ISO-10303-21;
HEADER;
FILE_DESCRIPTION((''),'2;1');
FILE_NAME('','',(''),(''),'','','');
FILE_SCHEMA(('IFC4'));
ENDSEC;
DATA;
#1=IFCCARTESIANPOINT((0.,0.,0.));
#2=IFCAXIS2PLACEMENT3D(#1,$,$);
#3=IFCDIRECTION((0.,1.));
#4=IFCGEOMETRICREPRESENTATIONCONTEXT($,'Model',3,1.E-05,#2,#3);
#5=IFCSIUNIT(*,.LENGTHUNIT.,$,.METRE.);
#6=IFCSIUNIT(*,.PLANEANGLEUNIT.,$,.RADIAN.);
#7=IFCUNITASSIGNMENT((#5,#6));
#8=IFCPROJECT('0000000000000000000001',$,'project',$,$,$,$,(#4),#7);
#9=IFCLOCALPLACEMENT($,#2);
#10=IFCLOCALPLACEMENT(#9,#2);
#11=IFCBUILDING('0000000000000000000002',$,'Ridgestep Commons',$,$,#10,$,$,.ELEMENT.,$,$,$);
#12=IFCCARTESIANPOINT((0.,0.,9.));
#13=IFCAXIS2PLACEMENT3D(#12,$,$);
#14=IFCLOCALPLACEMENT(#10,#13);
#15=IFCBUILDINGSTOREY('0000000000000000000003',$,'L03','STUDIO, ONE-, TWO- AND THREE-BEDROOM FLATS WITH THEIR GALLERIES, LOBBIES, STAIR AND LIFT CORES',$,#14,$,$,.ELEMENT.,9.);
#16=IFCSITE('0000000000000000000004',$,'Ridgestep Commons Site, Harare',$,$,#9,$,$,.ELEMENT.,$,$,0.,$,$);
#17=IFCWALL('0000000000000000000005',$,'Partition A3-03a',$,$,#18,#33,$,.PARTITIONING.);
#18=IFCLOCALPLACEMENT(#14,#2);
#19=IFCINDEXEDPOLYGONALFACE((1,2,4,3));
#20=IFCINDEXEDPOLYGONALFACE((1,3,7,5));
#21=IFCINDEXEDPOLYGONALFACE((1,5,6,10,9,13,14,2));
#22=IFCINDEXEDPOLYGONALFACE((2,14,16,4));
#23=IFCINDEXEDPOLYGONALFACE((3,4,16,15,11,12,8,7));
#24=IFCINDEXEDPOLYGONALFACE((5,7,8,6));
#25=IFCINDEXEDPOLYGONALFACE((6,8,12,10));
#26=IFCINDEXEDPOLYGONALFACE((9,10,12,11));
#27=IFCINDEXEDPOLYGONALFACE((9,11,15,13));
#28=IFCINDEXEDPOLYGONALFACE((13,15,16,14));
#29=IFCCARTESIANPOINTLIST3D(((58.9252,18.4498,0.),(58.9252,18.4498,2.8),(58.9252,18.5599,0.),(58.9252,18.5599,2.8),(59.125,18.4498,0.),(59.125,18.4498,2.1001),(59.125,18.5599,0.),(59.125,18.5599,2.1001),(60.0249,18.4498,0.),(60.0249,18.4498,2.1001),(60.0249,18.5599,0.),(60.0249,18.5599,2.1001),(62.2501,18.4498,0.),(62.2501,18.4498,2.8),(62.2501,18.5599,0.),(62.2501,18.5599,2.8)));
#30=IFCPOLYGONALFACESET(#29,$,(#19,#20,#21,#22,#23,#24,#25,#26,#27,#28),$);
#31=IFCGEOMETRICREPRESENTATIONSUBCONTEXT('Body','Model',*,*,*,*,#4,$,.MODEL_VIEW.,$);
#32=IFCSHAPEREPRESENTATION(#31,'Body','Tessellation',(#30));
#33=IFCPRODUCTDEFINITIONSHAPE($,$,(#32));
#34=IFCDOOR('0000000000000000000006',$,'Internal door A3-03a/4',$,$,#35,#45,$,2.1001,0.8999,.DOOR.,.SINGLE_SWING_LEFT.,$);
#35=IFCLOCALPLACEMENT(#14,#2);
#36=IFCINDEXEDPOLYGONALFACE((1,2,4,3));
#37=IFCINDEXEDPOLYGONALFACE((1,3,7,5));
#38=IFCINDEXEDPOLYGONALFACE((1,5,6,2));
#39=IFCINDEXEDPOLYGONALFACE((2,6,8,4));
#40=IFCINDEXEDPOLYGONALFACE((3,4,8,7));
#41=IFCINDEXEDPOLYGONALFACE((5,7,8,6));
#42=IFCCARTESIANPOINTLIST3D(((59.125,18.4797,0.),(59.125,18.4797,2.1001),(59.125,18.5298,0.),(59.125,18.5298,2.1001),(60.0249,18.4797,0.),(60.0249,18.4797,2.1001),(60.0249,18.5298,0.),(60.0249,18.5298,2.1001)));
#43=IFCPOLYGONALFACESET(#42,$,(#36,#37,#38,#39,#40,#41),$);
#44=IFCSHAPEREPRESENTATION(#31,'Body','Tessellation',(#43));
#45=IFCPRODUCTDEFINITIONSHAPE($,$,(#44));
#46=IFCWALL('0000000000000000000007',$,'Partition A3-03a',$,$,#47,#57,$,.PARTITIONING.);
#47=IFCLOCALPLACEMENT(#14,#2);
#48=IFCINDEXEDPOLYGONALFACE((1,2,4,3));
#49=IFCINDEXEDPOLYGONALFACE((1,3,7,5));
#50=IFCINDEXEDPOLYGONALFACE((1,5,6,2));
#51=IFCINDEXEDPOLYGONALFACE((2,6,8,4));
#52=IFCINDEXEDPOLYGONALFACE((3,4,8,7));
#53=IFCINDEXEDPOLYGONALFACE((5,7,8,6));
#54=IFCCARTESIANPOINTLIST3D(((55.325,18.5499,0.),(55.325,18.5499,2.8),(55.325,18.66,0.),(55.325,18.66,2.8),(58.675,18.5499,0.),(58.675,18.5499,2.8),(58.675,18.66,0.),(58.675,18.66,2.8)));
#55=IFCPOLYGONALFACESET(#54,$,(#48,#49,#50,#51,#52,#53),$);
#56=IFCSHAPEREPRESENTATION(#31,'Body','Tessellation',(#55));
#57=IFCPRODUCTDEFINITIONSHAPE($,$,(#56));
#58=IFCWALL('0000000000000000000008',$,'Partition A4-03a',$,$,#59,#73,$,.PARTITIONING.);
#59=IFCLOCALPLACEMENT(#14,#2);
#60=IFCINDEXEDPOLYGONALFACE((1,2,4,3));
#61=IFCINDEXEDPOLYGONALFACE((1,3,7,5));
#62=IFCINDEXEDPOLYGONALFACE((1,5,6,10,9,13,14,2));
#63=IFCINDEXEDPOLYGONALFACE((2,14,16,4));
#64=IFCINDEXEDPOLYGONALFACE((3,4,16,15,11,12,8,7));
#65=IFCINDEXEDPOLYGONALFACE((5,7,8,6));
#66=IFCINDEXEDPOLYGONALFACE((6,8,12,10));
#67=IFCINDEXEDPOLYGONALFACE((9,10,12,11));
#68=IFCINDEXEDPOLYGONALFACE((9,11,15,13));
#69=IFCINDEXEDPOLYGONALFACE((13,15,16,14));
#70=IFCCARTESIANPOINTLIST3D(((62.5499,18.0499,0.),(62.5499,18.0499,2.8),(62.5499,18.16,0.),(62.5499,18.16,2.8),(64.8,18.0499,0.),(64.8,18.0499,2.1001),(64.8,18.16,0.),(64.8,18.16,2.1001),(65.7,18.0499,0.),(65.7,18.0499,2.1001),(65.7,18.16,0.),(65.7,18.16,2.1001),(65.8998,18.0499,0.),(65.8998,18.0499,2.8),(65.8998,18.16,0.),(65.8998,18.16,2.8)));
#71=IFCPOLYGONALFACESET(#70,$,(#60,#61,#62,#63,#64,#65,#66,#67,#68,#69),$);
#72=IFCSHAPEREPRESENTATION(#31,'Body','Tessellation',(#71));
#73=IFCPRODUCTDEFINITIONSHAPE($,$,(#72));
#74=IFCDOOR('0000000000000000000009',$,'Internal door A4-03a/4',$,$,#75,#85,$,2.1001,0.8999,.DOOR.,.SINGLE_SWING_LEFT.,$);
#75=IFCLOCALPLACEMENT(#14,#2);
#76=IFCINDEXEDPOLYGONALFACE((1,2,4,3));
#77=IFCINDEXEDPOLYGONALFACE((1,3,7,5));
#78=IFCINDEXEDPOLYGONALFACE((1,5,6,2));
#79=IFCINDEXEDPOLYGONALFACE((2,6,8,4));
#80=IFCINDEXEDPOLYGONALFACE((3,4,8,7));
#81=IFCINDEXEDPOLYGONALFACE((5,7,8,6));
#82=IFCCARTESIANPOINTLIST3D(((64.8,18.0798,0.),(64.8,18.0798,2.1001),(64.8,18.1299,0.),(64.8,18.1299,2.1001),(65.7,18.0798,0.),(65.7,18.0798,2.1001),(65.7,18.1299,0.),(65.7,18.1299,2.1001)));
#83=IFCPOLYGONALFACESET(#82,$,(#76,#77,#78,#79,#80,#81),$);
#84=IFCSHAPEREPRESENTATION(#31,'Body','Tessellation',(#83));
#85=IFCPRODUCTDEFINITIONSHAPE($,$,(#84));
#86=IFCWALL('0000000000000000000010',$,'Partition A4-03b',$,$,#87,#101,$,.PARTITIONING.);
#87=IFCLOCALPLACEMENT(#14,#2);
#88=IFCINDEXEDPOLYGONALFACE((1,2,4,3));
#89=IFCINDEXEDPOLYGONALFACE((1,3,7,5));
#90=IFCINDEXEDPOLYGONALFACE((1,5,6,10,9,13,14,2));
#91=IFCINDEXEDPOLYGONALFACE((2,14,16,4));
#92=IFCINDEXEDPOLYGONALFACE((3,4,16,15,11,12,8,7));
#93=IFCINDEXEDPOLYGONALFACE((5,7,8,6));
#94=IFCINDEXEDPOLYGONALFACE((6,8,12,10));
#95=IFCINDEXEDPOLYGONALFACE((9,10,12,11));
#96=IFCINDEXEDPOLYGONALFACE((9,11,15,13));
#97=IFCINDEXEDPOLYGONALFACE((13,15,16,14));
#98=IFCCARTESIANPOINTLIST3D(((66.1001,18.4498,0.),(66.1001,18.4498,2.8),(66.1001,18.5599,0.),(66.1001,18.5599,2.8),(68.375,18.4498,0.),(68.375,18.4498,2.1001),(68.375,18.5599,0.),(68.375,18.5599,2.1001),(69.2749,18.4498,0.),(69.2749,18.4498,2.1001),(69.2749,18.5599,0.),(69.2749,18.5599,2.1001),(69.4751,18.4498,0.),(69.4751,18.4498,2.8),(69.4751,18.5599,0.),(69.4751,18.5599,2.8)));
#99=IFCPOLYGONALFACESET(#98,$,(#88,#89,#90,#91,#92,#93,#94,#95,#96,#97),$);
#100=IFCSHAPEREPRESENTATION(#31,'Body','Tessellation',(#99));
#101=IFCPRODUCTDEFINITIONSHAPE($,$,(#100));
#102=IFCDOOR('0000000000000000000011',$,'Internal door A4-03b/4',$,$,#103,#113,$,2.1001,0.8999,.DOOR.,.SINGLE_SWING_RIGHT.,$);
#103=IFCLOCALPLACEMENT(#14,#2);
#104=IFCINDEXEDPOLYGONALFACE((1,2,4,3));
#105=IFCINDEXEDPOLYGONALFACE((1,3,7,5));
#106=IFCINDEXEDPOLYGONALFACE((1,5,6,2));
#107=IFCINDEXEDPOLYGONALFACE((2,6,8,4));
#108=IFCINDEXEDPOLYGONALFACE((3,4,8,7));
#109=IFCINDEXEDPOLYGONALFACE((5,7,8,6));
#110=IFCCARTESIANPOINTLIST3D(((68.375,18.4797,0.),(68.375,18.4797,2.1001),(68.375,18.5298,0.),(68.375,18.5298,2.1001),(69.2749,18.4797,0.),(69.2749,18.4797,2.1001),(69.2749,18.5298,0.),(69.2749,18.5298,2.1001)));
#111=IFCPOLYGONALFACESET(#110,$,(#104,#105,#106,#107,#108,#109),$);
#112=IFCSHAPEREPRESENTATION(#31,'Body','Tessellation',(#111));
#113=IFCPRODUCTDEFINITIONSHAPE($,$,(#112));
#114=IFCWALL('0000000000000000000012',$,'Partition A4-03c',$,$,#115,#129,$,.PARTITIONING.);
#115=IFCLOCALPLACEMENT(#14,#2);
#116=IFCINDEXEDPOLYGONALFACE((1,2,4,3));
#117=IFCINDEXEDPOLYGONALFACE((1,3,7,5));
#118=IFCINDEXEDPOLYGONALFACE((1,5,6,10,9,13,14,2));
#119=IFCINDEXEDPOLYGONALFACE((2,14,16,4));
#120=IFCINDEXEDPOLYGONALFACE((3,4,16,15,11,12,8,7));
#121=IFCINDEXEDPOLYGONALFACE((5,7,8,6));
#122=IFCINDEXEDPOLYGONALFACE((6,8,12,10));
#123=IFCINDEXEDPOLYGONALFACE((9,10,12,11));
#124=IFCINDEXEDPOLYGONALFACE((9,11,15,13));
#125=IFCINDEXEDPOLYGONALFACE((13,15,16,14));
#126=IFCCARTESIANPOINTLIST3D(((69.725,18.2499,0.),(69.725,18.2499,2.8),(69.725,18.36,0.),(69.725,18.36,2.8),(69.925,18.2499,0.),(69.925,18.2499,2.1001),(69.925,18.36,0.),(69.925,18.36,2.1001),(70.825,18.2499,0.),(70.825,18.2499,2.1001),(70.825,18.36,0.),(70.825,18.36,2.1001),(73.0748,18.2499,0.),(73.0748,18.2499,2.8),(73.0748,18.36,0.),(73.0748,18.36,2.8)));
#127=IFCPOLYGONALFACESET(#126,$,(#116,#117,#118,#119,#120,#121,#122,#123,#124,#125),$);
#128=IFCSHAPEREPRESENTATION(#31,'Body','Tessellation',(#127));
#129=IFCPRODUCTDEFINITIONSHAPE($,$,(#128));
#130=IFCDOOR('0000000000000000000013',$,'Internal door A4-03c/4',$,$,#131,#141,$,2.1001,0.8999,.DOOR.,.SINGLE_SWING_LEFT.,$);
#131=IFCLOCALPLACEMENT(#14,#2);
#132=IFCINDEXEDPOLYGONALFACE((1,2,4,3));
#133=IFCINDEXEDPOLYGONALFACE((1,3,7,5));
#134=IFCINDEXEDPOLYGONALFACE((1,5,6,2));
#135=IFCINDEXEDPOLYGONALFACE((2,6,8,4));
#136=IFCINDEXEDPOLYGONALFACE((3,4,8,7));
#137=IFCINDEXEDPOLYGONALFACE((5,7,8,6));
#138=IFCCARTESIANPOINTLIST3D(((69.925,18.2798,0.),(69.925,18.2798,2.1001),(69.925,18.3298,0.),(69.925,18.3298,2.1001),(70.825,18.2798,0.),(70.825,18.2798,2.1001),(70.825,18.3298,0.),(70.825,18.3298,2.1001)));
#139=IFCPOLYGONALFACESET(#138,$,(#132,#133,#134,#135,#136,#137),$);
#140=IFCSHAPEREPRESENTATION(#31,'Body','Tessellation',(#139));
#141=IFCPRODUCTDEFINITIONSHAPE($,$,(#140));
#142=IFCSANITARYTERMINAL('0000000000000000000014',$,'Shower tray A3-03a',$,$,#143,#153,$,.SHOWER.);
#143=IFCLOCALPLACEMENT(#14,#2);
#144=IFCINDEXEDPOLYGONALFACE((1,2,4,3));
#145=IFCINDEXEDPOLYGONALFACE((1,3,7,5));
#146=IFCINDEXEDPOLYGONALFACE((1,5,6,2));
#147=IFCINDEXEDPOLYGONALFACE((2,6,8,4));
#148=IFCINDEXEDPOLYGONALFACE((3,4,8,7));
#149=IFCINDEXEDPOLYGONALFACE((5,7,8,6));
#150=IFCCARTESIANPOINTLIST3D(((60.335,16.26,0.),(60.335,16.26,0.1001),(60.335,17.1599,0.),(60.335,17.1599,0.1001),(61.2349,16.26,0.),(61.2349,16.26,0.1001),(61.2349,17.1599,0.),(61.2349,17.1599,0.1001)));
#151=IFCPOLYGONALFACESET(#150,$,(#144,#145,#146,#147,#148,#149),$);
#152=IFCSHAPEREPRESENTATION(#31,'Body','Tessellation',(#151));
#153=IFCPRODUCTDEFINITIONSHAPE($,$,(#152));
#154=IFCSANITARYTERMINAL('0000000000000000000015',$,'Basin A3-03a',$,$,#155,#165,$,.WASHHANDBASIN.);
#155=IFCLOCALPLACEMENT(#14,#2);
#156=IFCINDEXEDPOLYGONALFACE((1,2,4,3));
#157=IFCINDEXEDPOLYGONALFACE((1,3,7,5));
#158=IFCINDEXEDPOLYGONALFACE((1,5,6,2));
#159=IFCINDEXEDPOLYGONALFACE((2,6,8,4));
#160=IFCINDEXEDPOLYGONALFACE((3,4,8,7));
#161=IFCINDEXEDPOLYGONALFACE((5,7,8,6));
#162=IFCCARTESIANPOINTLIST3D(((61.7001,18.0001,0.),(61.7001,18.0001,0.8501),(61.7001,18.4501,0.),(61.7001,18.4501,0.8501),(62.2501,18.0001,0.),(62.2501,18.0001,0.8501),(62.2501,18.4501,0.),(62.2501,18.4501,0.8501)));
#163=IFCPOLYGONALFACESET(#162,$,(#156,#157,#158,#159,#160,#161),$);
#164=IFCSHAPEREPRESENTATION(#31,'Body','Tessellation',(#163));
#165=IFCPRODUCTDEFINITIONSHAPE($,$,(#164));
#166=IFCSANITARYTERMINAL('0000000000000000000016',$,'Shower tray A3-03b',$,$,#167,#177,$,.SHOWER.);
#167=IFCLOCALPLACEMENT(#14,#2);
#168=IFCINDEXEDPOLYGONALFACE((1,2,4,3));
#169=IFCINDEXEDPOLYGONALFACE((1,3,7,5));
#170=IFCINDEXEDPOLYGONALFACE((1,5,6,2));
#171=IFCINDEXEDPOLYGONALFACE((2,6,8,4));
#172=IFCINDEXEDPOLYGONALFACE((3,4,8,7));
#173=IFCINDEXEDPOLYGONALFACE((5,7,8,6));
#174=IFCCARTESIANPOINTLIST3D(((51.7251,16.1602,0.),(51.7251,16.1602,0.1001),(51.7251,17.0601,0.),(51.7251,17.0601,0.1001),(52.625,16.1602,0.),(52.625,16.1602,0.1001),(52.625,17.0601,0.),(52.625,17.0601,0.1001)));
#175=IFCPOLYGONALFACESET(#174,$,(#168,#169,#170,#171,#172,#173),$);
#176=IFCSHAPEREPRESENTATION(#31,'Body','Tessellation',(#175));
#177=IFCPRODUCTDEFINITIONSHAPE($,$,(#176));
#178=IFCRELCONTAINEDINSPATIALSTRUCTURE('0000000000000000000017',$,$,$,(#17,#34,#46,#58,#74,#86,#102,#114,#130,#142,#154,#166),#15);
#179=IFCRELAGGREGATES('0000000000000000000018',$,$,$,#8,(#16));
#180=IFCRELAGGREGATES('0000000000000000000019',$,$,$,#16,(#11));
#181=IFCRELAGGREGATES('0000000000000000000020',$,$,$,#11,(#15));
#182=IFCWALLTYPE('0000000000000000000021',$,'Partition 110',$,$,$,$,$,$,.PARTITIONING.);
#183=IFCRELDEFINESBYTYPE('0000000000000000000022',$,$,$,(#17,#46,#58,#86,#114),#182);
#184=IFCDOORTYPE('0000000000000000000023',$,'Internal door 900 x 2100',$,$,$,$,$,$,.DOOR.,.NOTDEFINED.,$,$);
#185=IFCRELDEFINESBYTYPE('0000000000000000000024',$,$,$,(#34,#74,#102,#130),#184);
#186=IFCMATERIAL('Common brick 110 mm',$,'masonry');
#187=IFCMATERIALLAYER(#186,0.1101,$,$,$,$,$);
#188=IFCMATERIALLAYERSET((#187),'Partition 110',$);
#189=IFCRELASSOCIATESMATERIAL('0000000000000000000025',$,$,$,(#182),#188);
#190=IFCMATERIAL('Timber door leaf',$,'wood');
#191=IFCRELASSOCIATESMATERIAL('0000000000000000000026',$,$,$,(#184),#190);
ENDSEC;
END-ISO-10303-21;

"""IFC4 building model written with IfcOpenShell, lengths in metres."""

from ifc_helpers import new_model, si_unit, direction, frame, frame_2d, origin, origin_2d, place, context, subcontext, project, spatial, rectangle, extrude, material, layer, layer_set, type_object, element, fill, save


model = new_model("IFC4")

# Units and contexts
model_context = context("Model", 3, precision=1e-05, world=origin(), true_north=direction((0.0, 1.0)))
body_context = subcontext(model_context, "Body", "Model", "MODEL_VIEW")
ifc_project = project(units=[si_unit("LENGTHUNIT", "METRE"), si_unit("PLANEANGLEUNIT", "RADIAN")], contexts=[model_context])

# Site, building, storey
site_placement = place(None, origin())
site = spatial("IfcSite", under=ifc_project, at=site_placement, Name="Ridgestep Commons Site, Harare", CompositionType="ELEMENT", RefElevation=0.0)
building_placement = place(site_placement, origin())
building = spatial("IfcBuilding", under=site, at=building_placement, Name="Ridgestep Commons", CompositionType="ELEMENT")
storey_placement = place(building_placement, frame((0.0, 0.0, 9.0)))
storey = spatial("IfcBuildingStorey", under=building, at=storey_placement, Name="L03", Description="STUDIO, ONE-, TWO- AND THREE-BEDROOM FLATS WITH THEIR GALLERIES, LOBBIES, STAIR AND LIFT CORES", CompositionType="ELEMENT", Elevation=9.0)

# Wall, opening, door
ifc_material_1 = material(Name="Common brick 110 mm", Category="masonry")
ifc_layer = layer(ifc_material_1, 0.1101)
ifc_layer_set = layer_set([ifc_layer], Name="Partition 110")
wall_type = type_object("IfcWallType", Name="Partition 110", PredefinedType="PARTITIONING", material=ifc_layer_set)
wall_1_placement = place(storey_placement, frame((58.925, 18.5049, 0.0), z_axis=(0.0, 0.0, 1.0), x_axis=(1.0, 0.0, 0.0)))
wall_1 = element("IfcWall", 1, at=wall_1_placement, inside=storey, type_object=wall_type, Name="Partition A3-03a", PredefinedType="PARTITIONING", context=body_context, shape_type="SweptSolid", body=[
    extrude(rectangle(XDim=3.325, YDim=0.1101, at=frame_2d((1.6626, 0.0))), origin(), (0.0, 0.0, 1.0), 2.8),
])
opening_1_placement = place(wall_1_placement, frame((0.2, 0.0, 0.0)))
opening_1 = element("IfcOpeningElement", 2, at=opening_1_placement, cuts=wall_1, PredefinedType="OPENING", context=body_context, shape_type="SweptSolid", body=[
    extrude(rectangle(XDim=0.8999, YDim=2.1001, at=frame_2d((0.45, 1.05))), frame((0.0, 0.0649, 0.0), z_axis=(0.0, -1.0, 0.0), x_axis=(1.0, 0.0, 0.0)), (0.0, 0.0, 1.0), 0.1301),
])
ifc_material_2 = material(Name="Timber door leaf", Category="wood")
door_type = type_object("IfcDoorType", Name="Internal door 900 x 2100", OperationType="NOTDEFINED", PredefinedType="DOOR", material=ifc_material_2)
door_1_placement = place(opening_1_placement, origin())
door_1 = element("IfcDoor", 3, at=door_1_placement, inside=storey, type_object=door_type, Name="Internal door A3-03a/4", OperationType="SINGLE_SWING_LEFT", OverallHeight=2.1001, OverallWidth=0.8999, PredefinedType="DOOR", context=body_context, shape_type="SweptSolid", body=[
    extrude(rectangle(XDim=0.8999, YDim=2.1001, at=frame_2d((0.45, 1.05))), frame((0.0, 0.0249, 0.0), z_axis=(0.0, -1.0, 0.0), x_axis=(1.0, 0.0, 0.0)), (0.0, 0.0, 1.0), 0.05),
])
fill(opening_1, door_1)

# Wall
wall_2_placement = place(storey_placement, frame((55.325, 18.605, 0.0), z_axis=(0.0, 0.0, 1.0), x_axis=(1.0, 0.0, 0.0)))
element("IfcWall", 4, at=wall_2_placement, inside=storey, type_object=wall_type, Name="Partition A3-03a", PredefinedType="PARTITIONING", context=body_context, shape_type="SweptSolid", body=[
    extrude(rectangle(XDim=3.3501, YDim=0.1101, at=frame_2d((1.675, 0.0))), origin(), (0.0, 0.0, 1.0), 2.8),
])

# Walls, openings, doors
wall_3_placement = place(storey_placement, frame((62.55, 18.105, 0.0), z_axis=(0.0, 0.0, 1.0), x_axis=(1.0, 0.0, 0.0)))
wall_3 = element("IfcWall", 5, at=wall_3_placement, inside=storey, type_object=wall_type, Name="Partition A4-03a", PredefinedType="PARTITIONING", context=body_context, shape_type="SweptSolid", body=[
    extrude(rectangle(XDim=3.3499, YDim=0.1101, at=frame_2d((1.6748, 0.0))), origin(), (0.0, 0.0, 1.0), 2.8),
])
opening_2_placement = place(wall_3_placement, frame((2.25, 0.0, 0.0)))
opening_2 = element("IfcOpeningElement", 6, at=opening_2_placement, cuts=wall_3, PredefinedType="OPENING", context=body_context, shape_type="SweptSolid", body=[
    extrude(rectangle(XDim=0.8999, YDim=2.1001, at=frame_2d((0.45, 1.05))), frame((0.0, 0.0649, 0.0), z_axis=(0.0, -1.0, 0.0), x_axis=(1.0, 0.0, 0.0)), (0.0, 0.0, 1.0), 0.1301),
])
door_2_placement = place(opening_2_placement, origin())
door_2 = element("IfcDoor", 7, at=door_2_placement, inside=storey, type_object=door_type, Name="Internal door A4-03a/4", OperationType="SINGLE_SWING_LEFT", OverallHeight=2.1001, OverallWidth=0.8999, PredefinedType="DOOR", context=body_context, shape_type="SweptSolid", body=[
    extrude(rectangle(XDim=0.8999, YDim=2.1001, at=frame_2d((0.45, 1.05))), frame((0.0, 0.0249, 0.0), z_axis=(0.0, -1.0, 0.0), x_axis=(1.0, 0.0, 0.0)), (0.0, 0.0, 1.0), 0.05),
])
fill(opening_2, door_2)
wall_4_placement = place(storey_placement, frame((66.1001, 18.5049, 0.0), z_axis=(0.0, 0.0, 1.0), x_axis=(1.0, 0.0, 0.0)))
wall_4 = element("IfcWall", 8, at=wall_4_placement, inside=storey, type_object=wall_type, Name="Partition A4-03b", PredefinedType="PARTITIONING", context=body_context, shape_type="SweptSolid", body=[
    extrude(rectangle(XDim=3.375, YDim=0.1101, at=frame_2d((1.6875, 0.0))), origin(), (0.0, 0.0, 1.0), 2.8),
])
opening_3_placement = place(wall_4_placement, frame((2.2749, 0.0, 0.0)))
opening_3 = element("IfcOpeningElement", 9, at=opening_3_placement, cuts=wall_4, PredefinedType="OPENING", context=body_context, shape_type="SweptSolid", body=[
    extrude(rectangle(XDim=0.8999, YDim=2.1001, at=frame_2d((0.45, 1.05))), frame((0.0, 0.0649, 0.0), z_axis=(0.0, -1.0, 0.0), x_axis=(1.0, 0.0, 0.0)), (0.0, 0.0, 1.0), 0.1301),
])
door_3_placement = place(opening_3_placement, origin())
door_3 = element("IfcDoor", 10, at=door_3_placement, inside=storey, type_object=door_type, Name="Internal door A4-03b/4", OperationType="SINGLE_SWING_RIGHT", OverallHeight=2.1001, OverallWidth=0.8999, PredefinedType="DOOR", context=body_context, shape_type="SweptSolid", body=[
    extrude(rectangle(XDim=0.8999, YDim=2.1001, at=frame_2d((0.45, 1.05))), frame((0.0, 0.0249, 0.0), z_axis=(0.0, -1.0, 0.0), x_axis=(1.0, 0.0, 0.0)), (0.0, 0.0, 1.0), 0.05),
])
fill(opening_3, door_3)
wall_5_placement = place(storey_placement, frame((69.7251, 18.3049, 0.0), z_axis=(0.0, 0.0, 1.0), x_axis=(1.0, 0.0, 0.0)))
wall_5 = element("IfcWall", 11, at=wall_5_placement, inside=storey, type_object=wall_type, Name="Partition A4-03c", PredefinedType="PARTITIONING", context=body_context, shape_type="SweptSolid", body=[
    extrude(rectangle(XDim=3.3499, YDim=0.1101, at=frame_2d((1.6748, 0.0))), origin(), (0.0, 0.0, 1.0), 2.8),
])
opening_4_placement = place(wall_5_placement, frame((0.2, 0.0, 0.0)))
opening_4 = element("IfcOpeningElement", 12, at=opening_4_placement, cuts=wall_5, PredefinedType="OPENING", context=body_context, shape_type="SweptSolid", body=[
    extrude(rectangle(XDim=0.8999, YDim=2.1001, at=frame_2d((0.45, 1.05))), frame((0.0, 0.0649, 0.0), z_axis=(0.0, -1.0, 0.0), x_axis=(1.0, 0.0, 0.0)), (0.0, 0.0, 1.0), 0.1301),
])
door_4_placement = place(opening_4_placement, origin())
door_4 = element("IfcDoor", 13, at=door_4_placement, inside=storey, type_object=door_type, Name="Internal door A4-03c/4", OperationType="SINGLE_SWING_LEFT", OverallHeight=2.1001, OverallWidth=0.8999, PredefinedType="DOOR", context=body_context, shape_type="SweptSolid", body=[
    extrude(rectangle(XDim=0.8999, YDim=2.1001, at=frame_2d((0.45, 1.05))), frame((0.0, 0.0249, 0.0), z_axis=(0.0, -1.0, 0.0), x_axis=(1.0, 0.0, 0.0)), (0.0, 0.0, 1.0), 0.05),
])
fill(opening_4, door_4)

# Sanitary terminals
sanitary_terminal_1_placement = place(storey_placement, frame((60.7849, 16.71, 0.0), z_axis=(0.0, 0.0, 1.0), x_axis=(1.0, 0.0, 0.0)))
element("IfcSanitaryTerminal", 14, at=sanitary_terminal_1_placement, inside=storey, Name="Shower tray A3-03a", PredefinedType="SHOWER", context=body_context, shape_type="SweptSolid", body=[
    extrude(rectangle(XDim=0.8999, YDim=0.8999, at=origin_2d()), origin(), (0.0, 0.0, 1.0), 0.1001),
])
sanitary_terminal_2_placement = place(storey_placement, frame((61.9751, 18.2251, 0.0), z_axis=(0.0, 0.0, 1.0), x_axis=(1.0, 0.0, 0.0)))
element("IfcSanitaryTerminal", 15, at=sanitary_terminal_2_placement, inside=storey, Name="Basin A3-03a", PredefinedType="WASHHANDBASIN", context=body_context, shape_type="SweptSolid", body=[
    extrude(rectangle(XDim=0.55, YDim=0.45, at=origin_2d()), origin(), (0.0, 0.0, 1.0), 0.8501),
])
sanitary_terminal_3_placement = place(storey_placement, frame((52.175, 16.6101, 0.0), z_axis=(0.0, 0.0, 1.0), x_axis=(1.0, 0.0, 0.0)))
element("IfcSanitaryTerminal", 16, at=sanitary_terminal_3_placement, inside=storey, Name="Shower tray A3-03b", PredefinedType="SHOWER", context=body_context, shape_type="SweptSolid", body=[
    extrude(rectangle(XDim=0.8999, YDim=0.8999, at=origin_2d()), origin(), (0.0, 0.0, 1.0), 0.1001),
])

save(model, "model.ifc")
